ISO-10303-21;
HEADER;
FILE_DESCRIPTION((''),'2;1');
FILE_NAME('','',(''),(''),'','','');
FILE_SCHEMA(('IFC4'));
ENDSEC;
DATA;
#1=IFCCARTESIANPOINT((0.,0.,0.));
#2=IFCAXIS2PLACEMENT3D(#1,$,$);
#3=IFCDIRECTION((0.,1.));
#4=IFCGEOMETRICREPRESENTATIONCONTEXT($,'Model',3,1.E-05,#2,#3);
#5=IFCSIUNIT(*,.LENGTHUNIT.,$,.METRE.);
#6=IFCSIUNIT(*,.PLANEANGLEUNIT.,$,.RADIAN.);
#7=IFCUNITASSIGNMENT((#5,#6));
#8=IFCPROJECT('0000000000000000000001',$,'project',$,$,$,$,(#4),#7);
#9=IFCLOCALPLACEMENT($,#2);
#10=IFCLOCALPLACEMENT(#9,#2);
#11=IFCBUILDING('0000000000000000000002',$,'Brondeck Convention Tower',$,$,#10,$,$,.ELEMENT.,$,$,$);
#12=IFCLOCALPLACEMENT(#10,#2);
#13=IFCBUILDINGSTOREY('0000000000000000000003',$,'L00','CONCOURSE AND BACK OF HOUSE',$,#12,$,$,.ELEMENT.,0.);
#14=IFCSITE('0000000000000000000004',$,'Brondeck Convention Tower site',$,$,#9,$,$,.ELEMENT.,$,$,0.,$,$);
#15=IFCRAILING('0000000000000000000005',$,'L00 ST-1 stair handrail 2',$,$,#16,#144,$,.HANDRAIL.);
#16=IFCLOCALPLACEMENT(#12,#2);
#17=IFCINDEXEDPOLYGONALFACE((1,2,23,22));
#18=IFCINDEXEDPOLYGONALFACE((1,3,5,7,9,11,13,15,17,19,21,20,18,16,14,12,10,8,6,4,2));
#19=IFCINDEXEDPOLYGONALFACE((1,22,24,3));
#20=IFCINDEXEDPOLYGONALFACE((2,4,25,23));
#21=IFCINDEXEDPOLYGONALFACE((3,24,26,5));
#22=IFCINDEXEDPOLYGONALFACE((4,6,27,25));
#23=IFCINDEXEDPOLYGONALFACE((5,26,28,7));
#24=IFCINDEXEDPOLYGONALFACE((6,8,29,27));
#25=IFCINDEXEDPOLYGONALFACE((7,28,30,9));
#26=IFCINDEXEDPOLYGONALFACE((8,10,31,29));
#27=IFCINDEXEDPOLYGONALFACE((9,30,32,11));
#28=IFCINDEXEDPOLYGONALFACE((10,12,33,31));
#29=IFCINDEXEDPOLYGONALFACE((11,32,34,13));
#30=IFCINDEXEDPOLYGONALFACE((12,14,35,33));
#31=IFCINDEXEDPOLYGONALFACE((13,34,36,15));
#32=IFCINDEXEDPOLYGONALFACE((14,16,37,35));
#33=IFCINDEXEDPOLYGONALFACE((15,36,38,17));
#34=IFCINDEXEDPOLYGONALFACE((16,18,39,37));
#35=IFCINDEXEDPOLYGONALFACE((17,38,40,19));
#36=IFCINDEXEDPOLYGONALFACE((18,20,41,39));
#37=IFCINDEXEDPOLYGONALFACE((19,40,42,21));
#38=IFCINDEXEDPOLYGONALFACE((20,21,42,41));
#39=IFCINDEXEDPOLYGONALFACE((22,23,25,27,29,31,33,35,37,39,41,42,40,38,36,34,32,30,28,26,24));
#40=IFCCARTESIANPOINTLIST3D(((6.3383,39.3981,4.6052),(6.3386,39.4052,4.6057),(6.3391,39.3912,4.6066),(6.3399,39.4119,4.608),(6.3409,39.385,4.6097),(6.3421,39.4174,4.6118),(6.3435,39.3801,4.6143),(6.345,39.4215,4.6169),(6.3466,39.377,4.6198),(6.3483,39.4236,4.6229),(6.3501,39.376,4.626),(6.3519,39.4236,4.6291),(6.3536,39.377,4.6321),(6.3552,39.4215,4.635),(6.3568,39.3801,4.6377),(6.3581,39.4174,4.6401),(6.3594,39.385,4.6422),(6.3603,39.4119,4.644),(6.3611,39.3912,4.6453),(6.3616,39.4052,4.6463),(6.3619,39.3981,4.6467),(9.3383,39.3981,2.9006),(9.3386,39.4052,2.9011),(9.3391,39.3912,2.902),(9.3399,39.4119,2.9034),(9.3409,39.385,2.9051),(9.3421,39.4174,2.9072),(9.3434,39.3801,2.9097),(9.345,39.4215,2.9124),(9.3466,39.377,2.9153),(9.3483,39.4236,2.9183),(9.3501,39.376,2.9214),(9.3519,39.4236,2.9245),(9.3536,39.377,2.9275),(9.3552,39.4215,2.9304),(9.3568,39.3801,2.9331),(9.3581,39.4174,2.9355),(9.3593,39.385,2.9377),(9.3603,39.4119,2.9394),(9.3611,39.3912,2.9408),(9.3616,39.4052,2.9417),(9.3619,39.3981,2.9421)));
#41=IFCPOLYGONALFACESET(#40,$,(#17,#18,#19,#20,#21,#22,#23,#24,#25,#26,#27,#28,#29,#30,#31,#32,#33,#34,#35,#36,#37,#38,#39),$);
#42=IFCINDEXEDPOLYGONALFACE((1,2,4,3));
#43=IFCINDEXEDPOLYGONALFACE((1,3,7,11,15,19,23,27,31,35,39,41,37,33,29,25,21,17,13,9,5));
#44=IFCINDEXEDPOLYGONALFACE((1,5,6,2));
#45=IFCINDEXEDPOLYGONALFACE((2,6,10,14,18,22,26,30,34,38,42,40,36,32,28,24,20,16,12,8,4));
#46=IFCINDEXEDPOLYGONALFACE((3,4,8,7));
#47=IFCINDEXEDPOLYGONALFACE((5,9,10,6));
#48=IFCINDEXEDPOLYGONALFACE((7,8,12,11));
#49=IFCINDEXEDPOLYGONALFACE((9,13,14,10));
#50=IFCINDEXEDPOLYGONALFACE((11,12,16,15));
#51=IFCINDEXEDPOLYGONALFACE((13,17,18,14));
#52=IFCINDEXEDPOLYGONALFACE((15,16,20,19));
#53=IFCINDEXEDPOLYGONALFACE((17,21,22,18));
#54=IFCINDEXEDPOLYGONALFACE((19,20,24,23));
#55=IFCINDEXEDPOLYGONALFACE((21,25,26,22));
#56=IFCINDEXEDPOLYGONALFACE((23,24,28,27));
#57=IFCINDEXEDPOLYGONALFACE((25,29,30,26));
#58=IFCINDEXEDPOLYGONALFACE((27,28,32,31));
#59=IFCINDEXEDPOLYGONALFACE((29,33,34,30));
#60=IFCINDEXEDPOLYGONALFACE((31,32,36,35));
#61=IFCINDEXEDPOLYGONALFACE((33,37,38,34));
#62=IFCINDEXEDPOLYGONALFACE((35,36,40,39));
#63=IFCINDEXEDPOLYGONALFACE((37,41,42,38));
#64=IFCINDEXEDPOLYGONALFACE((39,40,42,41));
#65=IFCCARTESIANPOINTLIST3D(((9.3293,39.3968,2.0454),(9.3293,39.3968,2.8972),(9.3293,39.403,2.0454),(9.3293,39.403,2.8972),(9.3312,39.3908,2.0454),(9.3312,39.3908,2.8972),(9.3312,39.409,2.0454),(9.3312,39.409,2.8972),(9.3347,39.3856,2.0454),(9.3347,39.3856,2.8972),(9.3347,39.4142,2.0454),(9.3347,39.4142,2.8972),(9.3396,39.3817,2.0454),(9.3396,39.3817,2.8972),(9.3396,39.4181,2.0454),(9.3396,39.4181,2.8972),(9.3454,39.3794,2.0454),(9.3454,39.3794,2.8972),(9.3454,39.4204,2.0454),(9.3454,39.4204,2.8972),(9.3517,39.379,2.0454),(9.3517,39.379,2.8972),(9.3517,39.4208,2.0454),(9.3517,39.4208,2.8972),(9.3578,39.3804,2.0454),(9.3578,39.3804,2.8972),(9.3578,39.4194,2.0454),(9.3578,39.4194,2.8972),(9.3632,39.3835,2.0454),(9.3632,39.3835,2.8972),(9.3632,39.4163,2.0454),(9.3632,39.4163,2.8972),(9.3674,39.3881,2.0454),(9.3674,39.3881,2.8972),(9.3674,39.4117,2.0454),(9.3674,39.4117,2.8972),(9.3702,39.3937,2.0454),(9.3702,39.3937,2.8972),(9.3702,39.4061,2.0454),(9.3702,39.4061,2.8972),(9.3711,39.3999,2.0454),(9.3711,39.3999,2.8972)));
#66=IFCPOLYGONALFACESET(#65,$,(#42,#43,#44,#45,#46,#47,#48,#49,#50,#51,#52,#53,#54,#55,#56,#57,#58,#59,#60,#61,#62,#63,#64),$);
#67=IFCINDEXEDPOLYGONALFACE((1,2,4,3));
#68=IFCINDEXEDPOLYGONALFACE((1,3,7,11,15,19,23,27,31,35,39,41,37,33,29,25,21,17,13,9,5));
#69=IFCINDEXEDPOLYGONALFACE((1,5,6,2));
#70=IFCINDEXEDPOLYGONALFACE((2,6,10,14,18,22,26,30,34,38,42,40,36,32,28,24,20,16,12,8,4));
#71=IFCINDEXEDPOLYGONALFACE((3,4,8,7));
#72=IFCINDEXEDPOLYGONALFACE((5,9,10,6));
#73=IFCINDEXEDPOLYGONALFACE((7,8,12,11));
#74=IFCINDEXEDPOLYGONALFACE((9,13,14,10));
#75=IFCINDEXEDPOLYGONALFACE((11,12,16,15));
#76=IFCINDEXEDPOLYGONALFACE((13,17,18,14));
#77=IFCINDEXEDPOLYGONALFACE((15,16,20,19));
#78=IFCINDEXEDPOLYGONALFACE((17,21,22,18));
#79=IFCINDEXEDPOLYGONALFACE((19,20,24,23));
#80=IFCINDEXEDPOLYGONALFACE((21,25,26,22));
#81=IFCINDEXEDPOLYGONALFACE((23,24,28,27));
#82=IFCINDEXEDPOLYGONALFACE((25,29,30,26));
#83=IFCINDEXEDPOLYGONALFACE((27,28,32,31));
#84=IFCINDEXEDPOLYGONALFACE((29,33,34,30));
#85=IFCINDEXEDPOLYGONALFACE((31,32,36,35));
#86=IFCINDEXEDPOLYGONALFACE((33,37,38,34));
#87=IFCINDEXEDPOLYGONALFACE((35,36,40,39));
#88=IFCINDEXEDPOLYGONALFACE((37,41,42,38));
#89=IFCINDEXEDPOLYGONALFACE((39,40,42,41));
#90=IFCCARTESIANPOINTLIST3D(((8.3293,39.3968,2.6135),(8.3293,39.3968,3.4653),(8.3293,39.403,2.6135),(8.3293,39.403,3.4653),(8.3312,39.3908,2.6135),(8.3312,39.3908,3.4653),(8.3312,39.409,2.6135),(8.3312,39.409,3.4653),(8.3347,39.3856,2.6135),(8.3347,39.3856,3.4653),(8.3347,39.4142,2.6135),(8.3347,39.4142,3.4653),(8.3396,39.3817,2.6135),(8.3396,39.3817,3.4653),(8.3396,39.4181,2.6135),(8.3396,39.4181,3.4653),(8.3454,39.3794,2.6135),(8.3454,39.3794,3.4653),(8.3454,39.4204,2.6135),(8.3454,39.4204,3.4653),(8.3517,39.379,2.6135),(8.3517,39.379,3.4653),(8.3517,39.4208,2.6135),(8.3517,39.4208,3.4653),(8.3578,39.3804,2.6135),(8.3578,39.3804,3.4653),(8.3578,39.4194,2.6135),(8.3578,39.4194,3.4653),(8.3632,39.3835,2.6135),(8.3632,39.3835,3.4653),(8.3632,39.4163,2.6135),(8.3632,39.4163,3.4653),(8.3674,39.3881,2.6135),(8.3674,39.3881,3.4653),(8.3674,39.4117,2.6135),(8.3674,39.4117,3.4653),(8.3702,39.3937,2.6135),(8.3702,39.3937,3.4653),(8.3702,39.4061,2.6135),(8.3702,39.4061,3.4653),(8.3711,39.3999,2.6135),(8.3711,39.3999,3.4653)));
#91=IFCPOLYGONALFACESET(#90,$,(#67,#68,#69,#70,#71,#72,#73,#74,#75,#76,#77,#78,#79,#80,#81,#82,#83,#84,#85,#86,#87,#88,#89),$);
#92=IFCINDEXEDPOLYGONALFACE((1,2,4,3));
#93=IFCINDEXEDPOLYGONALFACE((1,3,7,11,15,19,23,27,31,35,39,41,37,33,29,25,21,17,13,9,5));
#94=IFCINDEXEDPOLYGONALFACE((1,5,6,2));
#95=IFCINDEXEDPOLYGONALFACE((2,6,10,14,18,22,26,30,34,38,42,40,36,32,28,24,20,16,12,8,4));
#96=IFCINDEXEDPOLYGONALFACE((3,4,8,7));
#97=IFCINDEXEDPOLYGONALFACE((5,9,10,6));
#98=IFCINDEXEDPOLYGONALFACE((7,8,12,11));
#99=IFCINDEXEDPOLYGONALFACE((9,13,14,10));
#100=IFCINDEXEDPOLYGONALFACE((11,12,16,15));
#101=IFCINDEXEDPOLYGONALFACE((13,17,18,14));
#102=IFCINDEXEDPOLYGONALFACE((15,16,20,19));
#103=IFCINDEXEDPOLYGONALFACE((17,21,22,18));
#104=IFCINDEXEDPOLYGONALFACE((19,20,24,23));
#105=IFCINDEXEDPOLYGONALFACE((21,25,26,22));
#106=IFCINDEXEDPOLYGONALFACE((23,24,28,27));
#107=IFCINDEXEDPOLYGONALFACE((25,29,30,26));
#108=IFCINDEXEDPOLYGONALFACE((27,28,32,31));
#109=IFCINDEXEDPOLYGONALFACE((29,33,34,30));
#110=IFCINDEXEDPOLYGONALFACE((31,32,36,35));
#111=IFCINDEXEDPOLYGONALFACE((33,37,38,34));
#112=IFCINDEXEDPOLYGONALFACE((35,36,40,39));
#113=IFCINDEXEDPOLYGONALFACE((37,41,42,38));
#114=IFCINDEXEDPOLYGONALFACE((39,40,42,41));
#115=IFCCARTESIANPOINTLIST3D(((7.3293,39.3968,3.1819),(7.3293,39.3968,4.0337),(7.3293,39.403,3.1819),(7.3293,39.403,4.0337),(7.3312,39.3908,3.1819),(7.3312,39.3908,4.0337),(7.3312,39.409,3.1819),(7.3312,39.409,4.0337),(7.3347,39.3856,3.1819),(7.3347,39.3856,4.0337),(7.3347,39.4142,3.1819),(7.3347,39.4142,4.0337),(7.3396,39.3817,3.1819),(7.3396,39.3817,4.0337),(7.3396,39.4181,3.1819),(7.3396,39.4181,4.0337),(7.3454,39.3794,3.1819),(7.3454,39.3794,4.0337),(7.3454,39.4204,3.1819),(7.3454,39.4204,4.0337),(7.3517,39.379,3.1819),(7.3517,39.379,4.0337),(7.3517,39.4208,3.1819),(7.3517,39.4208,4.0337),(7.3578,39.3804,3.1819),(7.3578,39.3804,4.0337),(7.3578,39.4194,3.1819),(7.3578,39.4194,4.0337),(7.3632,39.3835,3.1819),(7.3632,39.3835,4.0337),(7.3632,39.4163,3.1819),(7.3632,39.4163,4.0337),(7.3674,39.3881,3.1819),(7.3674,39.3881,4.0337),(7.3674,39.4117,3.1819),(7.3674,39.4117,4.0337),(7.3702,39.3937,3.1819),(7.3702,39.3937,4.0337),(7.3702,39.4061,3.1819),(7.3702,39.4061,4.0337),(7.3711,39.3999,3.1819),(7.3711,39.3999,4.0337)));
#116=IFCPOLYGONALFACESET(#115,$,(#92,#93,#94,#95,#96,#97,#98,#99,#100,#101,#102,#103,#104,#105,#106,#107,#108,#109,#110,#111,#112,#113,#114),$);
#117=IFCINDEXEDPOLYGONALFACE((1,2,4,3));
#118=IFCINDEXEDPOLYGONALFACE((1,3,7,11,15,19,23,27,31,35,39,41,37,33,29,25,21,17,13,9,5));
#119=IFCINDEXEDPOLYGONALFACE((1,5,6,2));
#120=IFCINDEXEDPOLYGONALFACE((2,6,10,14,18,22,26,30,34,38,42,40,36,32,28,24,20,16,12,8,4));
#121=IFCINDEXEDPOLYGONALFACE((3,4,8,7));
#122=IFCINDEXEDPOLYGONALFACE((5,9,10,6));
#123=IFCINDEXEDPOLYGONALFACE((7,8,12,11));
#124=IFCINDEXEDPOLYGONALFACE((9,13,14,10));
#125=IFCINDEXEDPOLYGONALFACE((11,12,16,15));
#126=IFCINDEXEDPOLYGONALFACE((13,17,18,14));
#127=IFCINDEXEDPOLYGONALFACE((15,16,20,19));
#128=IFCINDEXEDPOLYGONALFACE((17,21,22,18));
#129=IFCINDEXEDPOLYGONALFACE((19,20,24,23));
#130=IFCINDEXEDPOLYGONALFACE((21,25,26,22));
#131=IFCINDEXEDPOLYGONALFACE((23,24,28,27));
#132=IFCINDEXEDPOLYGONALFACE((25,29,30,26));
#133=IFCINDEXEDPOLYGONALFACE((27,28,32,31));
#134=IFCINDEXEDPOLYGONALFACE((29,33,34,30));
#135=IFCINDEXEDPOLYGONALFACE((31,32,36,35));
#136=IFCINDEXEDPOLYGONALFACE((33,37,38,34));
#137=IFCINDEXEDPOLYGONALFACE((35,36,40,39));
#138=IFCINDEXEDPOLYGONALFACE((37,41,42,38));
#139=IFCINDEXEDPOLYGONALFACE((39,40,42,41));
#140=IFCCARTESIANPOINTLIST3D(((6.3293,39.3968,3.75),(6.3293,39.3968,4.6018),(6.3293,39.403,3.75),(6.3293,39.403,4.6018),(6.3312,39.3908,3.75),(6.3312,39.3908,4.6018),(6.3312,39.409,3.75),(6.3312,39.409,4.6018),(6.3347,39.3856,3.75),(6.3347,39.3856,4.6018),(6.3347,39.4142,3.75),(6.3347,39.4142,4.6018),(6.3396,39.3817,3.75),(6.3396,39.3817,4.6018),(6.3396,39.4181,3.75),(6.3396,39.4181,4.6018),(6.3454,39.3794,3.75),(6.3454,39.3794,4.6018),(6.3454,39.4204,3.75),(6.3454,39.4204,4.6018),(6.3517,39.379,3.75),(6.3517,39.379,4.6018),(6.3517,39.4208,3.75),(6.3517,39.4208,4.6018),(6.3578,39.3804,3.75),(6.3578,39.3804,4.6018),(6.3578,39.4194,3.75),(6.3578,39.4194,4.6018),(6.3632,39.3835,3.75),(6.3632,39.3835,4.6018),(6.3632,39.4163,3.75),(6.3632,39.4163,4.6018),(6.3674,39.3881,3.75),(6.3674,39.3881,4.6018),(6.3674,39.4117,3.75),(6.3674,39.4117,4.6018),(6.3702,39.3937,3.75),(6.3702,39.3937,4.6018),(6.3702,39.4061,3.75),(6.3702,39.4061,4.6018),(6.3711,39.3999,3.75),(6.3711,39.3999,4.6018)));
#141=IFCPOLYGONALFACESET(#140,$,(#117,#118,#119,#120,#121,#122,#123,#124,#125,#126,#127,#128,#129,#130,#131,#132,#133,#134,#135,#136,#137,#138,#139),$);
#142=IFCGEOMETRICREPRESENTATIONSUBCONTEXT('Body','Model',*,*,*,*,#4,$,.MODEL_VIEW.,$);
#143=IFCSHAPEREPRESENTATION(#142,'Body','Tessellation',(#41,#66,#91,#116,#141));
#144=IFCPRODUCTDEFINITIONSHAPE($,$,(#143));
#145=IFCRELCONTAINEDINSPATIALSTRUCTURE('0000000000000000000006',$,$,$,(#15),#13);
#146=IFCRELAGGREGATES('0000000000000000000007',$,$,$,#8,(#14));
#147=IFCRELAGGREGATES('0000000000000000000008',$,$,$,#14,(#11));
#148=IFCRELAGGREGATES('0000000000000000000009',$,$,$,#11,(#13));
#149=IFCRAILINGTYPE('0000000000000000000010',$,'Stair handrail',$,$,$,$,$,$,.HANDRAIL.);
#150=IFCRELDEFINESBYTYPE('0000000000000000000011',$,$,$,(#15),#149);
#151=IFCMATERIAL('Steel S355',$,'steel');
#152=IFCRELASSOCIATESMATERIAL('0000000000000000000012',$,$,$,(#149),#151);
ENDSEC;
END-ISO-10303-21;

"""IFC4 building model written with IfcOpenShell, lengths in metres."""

from ifc_helpers import new_model, si_unit, direction, frame, origin, origin_2d, place, context, subcontext, project, spatial, circle, extrude, material, type_object, element, save


model = new_model("IFC4")

# Units and contexts
model_context = context("Model", 3, precision=1e-05, world=origin(), true_north=direction((0.0, 1.0)))
body_context = subcontext(model_context, "Body", "Model", "MODEL_VIEW")
ifc_project = project(units=[si_unit("LENGTHUNIT", "METRE"), si_unit("PLANEANGLEUNIT", "RADIAN")], contexts=[model_context])

# Site, building, storey
site_placement = place(None, origin())
site = spatial("IfcSite", under=ifc_project, at=site_placement, Name="Brondeck Convention Tower site", CompositionType="ELEMENT", RefElevation=0.0)
building_placement = place(site_placement, origin())
building = spatial("IfcBuilding", under=site, at=building_placement, Name="Brondeck Convention Tower", CompositionType="ELEMENT")
storey_placement = place(building_placement, origin())
storey = spatial("IfcBuildingStorey", under=building, at=storey_placement, Name="L00", Description="CONCOURSE AND BACK OF HOUSE", CompositionType="ELEMENT", Elevation=0.0)

# Shared definitions
ifc_material_1 = material(Name="Steel S355", Category="steel")

# Railing
railing_type = type_object("IfcRailingType", Name="Stair handrail", PredefinedType="HANDRAIL", material=ifc_material_1)
for number, where, name in (
    (1, (9.3501, 39.3999, 2.0454), "L00 ST-1 stair handrail 2"),
):
    element("IfcRailing", number, at=place(storey_placement, frame(where)), inside=storey, type_object=railing_type, Name=name, PredefinedType="HANDRAIL", context=body_context, shape_type="SweptSolid", body=[
        extrude(circle(Radius=0.0239, at=origin_2d()), frame((0.0, 0.0, 0.876), z_axis=(-0.869451, 0.0, 0.494019), x_axis=(0.0, -1.0, 0.0)), (0.0, 0.0, 1.0), 3.4504),
        extrude(circle(Radius=0.021, at=origin_2d()), origin(), (0.0, 0.0, 1.0), 0.8518),
        extrude(circle(Radius=0.021, at=origin_2d()), frame((-1.0, 0.0, 0.5681)), (0.0, 0.0, 1.0), 0.8518),
        extrude(circle(Radius=0.021, at=origin_2d()), frame((-2.0, 0.0, 1.1365)), (0.0, 0.0, 1.0), 0.8518),
        extrude(circle(Radius=0.021, at=origin_2d()), frame((-3.0, 0.0, 1.7046)), (0.0, 0.0, 1.0), 0.8518),
    ])

save(model, "model.ifc")
